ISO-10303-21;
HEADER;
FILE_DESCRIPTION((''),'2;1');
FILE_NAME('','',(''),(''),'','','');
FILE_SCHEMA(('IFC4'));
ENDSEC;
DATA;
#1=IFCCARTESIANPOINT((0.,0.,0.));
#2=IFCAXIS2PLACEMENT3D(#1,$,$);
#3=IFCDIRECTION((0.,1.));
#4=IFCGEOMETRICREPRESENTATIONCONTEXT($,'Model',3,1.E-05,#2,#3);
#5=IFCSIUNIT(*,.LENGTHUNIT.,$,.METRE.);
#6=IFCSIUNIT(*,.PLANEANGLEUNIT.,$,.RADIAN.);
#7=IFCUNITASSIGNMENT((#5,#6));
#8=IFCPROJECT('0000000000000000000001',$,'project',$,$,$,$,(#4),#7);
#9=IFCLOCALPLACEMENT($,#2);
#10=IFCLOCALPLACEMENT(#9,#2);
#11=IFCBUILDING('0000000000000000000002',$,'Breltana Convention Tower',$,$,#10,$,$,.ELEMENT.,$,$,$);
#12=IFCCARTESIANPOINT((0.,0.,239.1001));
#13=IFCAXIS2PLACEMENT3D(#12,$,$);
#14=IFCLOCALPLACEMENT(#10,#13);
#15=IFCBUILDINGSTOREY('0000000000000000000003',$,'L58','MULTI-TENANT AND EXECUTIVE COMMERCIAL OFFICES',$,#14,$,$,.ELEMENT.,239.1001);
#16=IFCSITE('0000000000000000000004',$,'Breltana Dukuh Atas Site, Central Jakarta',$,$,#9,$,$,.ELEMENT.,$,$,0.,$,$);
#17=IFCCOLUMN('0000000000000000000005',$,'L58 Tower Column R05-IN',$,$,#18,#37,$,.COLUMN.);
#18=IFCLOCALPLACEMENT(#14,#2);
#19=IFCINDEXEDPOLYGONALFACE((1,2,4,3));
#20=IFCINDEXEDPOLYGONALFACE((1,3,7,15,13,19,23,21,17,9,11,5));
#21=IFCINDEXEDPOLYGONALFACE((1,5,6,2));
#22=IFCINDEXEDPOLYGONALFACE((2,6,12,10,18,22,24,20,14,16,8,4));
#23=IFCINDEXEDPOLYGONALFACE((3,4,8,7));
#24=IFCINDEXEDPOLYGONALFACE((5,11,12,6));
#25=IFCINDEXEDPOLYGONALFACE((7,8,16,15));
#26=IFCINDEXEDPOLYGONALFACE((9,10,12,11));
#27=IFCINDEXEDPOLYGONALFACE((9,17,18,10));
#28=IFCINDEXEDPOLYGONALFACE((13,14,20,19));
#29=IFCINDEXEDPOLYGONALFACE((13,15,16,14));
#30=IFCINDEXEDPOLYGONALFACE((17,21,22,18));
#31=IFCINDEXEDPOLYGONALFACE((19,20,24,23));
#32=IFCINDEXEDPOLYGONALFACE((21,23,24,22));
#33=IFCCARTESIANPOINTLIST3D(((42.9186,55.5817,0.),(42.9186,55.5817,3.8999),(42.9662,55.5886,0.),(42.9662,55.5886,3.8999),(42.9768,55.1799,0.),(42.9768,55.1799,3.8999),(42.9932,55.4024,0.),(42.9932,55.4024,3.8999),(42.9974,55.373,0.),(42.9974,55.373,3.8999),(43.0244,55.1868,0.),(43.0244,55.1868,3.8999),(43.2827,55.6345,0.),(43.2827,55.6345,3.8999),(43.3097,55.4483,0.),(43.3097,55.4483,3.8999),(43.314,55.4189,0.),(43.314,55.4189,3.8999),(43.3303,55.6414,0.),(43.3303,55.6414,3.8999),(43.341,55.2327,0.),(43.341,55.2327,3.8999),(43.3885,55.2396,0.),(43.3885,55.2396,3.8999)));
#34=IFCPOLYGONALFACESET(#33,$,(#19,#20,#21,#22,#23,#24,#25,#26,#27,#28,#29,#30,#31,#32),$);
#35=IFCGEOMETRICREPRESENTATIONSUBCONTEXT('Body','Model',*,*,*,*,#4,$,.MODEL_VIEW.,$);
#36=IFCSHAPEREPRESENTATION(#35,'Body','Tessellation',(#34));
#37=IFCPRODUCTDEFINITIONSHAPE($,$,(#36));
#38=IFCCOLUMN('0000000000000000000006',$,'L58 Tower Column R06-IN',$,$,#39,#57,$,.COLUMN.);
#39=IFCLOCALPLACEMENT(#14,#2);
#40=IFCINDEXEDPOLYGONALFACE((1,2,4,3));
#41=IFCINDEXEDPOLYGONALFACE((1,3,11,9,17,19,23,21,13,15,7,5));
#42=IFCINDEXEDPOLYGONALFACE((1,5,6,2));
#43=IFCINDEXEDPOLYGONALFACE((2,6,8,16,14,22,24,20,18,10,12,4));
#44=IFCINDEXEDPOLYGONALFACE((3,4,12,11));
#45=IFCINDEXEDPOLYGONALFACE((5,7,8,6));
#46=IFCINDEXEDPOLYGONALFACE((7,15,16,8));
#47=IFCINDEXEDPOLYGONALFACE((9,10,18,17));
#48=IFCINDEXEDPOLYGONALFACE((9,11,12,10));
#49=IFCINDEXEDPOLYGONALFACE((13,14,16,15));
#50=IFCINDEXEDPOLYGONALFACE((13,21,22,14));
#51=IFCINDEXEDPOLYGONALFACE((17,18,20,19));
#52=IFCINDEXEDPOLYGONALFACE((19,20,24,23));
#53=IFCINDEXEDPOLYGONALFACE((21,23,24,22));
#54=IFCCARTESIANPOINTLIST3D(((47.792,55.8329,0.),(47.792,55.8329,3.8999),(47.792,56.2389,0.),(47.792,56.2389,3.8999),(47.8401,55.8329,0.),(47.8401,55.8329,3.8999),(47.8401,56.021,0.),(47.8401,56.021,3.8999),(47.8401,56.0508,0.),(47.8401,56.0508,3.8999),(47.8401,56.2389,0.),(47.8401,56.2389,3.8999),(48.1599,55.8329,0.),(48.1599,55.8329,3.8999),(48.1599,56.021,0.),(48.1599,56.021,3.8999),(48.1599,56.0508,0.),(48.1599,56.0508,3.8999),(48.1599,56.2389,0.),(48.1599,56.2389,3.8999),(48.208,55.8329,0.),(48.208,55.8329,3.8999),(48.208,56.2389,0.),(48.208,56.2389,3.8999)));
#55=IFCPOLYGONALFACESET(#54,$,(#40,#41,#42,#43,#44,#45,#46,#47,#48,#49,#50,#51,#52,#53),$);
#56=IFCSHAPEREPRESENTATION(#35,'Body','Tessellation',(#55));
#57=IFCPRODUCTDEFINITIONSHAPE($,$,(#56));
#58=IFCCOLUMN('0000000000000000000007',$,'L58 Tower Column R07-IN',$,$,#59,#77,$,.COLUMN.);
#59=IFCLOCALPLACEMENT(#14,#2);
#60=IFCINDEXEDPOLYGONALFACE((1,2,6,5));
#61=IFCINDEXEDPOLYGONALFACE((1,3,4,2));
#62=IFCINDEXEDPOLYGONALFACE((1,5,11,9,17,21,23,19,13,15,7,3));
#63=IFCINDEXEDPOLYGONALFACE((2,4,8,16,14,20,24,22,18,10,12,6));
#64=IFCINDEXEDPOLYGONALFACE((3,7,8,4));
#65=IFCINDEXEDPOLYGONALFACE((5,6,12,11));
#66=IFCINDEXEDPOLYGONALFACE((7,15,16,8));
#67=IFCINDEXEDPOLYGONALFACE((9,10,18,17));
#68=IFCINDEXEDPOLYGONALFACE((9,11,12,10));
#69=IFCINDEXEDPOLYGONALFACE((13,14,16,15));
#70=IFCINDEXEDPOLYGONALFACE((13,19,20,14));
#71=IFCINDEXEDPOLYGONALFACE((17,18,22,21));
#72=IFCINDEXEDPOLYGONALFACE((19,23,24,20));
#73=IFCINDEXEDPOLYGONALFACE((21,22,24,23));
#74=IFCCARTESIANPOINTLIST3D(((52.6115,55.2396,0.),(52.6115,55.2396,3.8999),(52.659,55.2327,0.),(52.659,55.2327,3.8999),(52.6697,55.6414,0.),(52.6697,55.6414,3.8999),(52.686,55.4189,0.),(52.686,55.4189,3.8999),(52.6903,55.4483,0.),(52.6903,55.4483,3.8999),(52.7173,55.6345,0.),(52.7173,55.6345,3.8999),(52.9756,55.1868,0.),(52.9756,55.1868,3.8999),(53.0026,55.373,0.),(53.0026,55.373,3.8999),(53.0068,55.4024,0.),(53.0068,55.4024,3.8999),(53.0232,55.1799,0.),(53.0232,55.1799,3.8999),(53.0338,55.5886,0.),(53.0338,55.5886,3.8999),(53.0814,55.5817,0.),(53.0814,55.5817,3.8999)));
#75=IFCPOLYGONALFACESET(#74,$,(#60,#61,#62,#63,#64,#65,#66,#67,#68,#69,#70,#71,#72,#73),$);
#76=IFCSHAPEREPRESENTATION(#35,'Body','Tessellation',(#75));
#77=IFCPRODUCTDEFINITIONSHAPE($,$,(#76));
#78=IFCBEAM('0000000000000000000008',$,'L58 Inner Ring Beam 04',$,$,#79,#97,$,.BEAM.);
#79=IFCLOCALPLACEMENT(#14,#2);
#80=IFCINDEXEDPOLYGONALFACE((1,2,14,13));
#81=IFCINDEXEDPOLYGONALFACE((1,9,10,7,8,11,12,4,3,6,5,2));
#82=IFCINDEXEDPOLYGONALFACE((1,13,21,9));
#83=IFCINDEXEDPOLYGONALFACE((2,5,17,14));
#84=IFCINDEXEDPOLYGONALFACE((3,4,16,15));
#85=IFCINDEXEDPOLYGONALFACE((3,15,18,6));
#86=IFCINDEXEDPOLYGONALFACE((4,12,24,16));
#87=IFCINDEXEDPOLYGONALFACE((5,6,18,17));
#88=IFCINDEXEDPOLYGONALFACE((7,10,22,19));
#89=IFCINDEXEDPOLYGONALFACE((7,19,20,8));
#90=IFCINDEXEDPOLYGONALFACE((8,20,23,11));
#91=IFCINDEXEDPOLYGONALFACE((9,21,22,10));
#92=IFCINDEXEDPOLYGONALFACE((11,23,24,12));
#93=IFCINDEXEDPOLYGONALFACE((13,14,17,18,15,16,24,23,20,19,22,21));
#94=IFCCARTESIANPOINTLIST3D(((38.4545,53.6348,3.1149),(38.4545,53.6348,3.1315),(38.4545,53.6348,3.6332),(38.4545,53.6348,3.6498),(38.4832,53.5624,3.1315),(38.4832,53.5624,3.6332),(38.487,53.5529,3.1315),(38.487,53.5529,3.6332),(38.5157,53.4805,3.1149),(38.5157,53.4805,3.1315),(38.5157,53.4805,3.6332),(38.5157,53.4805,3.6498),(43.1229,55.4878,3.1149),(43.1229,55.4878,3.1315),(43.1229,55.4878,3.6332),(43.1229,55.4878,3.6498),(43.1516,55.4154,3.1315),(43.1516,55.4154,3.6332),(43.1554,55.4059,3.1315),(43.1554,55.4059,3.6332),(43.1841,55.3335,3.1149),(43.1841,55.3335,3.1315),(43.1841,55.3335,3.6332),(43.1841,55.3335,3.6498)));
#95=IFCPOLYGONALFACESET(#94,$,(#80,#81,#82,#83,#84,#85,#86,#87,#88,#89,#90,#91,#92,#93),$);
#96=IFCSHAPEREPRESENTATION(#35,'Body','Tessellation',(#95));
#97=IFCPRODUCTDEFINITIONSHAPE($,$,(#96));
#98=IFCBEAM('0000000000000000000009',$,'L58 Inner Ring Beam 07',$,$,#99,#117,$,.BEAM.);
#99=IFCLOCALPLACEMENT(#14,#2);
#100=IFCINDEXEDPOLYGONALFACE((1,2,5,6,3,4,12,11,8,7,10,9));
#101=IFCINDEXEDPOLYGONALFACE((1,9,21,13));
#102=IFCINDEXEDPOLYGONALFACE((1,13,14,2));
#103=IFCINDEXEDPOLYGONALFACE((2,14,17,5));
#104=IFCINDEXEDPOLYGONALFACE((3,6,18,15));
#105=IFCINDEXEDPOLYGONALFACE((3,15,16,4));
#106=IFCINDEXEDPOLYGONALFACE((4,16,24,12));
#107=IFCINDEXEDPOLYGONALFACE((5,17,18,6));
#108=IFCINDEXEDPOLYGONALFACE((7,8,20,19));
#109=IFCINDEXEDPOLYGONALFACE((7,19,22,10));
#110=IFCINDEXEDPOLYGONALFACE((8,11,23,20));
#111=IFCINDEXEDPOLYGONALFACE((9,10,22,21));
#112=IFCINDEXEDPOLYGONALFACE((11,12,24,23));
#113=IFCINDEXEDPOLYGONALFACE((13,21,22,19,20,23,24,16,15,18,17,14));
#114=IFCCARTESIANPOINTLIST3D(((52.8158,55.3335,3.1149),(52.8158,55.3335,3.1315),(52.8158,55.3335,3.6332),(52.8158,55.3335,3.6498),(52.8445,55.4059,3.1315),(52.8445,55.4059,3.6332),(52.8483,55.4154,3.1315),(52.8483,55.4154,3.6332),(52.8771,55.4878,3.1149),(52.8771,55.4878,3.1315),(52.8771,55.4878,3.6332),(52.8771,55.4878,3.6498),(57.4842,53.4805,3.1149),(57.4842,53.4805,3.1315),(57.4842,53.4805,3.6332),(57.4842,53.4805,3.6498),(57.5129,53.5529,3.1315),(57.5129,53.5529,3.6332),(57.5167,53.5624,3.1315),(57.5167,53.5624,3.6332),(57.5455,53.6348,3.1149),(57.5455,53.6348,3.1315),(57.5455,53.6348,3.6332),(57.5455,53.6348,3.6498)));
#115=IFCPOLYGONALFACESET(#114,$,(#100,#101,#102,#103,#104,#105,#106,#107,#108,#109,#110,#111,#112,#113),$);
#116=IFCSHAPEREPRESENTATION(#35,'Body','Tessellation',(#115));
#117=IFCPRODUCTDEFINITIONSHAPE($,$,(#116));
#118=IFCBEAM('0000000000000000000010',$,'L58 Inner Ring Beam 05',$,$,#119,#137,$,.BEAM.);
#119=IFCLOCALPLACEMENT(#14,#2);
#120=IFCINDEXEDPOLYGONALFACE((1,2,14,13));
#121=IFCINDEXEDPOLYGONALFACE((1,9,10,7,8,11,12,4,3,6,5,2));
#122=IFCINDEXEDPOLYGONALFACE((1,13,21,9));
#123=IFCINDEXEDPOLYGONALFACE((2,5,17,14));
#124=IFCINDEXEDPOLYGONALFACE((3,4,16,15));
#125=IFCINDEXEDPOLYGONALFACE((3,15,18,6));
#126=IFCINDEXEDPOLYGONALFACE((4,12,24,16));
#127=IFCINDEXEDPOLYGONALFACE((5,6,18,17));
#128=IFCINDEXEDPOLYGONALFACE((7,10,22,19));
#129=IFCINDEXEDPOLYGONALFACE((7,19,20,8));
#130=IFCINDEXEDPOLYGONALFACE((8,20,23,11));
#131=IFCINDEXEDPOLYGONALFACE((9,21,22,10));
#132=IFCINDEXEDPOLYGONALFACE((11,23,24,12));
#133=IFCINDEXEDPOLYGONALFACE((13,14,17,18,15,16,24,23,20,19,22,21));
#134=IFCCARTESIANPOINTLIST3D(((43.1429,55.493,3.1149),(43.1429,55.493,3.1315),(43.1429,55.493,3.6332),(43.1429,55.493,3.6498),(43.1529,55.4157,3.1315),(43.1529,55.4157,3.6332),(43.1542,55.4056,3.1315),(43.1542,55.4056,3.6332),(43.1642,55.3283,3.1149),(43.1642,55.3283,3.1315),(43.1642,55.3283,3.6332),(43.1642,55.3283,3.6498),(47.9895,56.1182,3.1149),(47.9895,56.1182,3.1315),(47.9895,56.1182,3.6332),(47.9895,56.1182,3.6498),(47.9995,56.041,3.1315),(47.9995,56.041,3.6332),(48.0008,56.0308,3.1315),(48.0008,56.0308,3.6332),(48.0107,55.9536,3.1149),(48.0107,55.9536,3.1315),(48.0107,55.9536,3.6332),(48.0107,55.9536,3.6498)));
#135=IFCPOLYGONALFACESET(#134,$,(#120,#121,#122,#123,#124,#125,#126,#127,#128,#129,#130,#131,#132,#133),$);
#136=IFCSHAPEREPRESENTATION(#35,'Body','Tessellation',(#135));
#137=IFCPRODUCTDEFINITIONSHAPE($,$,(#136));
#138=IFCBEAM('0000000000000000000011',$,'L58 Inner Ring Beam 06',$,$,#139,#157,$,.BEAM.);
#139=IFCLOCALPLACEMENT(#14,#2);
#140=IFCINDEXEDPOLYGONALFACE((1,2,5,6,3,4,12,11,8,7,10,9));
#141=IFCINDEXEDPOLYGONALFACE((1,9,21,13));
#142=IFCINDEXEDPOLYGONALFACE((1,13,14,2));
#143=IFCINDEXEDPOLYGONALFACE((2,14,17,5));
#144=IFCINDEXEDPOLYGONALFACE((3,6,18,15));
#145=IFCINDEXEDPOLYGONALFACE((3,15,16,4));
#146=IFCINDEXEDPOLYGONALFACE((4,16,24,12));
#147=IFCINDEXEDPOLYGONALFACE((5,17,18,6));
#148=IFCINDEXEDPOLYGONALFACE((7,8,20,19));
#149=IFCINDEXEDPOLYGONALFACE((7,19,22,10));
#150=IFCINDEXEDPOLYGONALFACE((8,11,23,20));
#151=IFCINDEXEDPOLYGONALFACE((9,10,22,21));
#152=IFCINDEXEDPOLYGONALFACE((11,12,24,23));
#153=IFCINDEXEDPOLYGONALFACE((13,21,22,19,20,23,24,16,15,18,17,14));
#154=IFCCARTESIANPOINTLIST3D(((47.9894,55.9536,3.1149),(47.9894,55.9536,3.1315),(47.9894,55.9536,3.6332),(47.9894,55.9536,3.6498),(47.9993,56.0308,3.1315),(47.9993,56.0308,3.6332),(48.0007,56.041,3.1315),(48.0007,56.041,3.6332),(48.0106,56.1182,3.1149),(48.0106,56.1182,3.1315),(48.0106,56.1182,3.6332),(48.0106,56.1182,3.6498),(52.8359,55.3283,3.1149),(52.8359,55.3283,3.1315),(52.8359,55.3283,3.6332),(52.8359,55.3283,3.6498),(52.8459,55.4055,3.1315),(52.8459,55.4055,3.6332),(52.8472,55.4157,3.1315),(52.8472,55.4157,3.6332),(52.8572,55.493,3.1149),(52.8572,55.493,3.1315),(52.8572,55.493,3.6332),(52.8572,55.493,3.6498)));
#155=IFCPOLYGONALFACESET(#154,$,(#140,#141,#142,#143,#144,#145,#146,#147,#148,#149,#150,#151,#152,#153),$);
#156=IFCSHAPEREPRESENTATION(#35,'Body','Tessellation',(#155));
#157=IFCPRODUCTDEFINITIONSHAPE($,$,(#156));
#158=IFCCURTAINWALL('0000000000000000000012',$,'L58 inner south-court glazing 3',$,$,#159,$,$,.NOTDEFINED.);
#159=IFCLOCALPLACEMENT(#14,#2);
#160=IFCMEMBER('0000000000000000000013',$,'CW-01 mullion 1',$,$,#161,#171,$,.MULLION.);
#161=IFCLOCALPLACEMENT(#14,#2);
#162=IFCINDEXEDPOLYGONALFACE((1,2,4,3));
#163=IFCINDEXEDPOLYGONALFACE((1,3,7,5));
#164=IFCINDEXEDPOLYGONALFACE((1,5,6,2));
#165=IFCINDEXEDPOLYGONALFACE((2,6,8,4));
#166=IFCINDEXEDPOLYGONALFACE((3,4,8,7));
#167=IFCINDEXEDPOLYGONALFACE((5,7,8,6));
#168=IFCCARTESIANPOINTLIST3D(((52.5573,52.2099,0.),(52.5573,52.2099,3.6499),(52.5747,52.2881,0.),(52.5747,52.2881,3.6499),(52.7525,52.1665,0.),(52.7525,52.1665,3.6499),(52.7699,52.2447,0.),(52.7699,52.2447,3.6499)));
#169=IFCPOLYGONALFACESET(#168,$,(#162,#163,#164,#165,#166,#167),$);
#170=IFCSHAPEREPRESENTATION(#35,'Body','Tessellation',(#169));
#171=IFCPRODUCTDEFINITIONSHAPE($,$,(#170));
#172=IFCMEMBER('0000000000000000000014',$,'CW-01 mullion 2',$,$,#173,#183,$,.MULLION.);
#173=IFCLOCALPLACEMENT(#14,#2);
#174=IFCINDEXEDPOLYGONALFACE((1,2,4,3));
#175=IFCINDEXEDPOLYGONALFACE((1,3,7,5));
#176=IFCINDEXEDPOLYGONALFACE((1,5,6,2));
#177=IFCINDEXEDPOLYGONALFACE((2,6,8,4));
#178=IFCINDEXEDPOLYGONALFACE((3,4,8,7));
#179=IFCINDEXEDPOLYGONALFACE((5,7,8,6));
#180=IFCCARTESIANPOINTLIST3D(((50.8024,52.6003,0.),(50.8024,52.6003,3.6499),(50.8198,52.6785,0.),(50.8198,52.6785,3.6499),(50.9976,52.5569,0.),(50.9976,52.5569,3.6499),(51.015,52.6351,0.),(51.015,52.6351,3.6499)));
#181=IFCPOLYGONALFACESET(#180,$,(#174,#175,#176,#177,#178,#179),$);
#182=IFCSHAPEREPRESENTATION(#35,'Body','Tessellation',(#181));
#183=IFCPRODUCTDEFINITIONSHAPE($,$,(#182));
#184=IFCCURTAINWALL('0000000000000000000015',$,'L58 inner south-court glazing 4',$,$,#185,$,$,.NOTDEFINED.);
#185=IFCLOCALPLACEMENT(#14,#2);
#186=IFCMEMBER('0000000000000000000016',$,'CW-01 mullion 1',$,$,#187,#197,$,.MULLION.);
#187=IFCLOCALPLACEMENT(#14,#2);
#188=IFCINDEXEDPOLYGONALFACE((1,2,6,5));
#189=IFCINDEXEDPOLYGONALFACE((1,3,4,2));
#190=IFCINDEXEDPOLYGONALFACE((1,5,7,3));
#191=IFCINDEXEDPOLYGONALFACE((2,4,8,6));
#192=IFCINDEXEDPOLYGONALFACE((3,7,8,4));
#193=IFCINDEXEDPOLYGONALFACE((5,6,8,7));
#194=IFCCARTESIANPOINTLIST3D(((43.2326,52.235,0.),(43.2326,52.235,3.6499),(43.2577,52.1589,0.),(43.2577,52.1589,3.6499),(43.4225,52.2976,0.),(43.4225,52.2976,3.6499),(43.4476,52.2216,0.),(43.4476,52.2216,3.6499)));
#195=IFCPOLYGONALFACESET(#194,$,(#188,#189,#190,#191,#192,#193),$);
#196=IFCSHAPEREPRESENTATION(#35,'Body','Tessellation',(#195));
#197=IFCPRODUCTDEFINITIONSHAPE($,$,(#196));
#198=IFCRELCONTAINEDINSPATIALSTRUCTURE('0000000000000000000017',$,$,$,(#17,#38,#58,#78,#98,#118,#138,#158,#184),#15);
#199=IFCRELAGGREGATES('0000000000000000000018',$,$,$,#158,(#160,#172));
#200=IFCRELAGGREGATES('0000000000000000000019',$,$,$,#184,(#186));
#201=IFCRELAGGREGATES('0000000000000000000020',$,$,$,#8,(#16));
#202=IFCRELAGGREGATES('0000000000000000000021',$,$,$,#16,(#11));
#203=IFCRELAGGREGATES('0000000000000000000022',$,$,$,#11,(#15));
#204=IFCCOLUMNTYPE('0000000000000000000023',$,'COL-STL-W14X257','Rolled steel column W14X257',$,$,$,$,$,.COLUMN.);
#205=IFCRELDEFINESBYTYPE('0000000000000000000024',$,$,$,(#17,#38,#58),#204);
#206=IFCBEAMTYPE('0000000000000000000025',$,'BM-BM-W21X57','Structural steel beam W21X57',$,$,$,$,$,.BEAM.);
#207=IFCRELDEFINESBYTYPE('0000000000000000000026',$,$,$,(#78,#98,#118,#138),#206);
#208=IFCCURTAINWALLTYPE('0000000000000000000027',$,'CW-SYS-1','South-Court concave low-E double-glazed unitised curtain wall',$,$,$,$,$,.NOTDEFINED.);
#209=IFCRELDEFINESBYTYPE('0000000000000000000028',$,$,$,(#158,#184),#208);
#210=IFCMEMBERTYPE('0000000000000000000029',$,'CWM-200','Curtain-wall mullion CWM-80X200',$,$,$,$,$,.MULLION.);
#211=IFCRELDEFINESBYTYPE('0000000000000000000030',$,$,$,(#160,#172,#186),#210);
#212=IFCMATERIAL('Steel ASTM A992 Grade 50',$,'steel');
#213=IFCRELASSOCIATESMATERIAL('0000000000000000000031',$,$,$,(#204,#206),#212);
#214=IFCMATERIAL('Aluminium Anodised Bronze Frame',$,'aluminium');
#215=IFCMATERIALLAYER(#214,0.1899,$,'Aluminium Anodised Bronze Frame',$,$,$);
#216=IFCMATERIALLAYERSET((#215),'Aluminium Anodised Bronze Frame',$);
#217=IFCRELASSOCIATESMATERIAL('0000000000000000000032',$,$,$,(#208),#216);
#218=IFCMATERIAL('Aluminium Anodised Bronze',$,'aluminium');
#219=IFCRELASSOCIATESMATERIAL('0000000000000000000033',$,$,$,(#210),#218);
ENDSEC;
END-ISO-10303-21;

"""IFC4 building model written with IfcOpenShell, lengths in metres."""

from ifc_helpers import new_model, si_unit, direction, frame, origin, origin_2d, place, context, subcontext, project, spatial, rectangle, i_section, extrude, source, transform, mapped, material, layer, layer_set, material_profile, profile_set, type_object, element, aggregate, save


model = new_model("IFC4")

# Units and contexts
model_context = context("Model", 3, precision=1e-05, world=origin(), true_north=direction((0.0, 1.0)))
body_context = subcontext(model_context, "Body", "Model", "MODEL_VIEW")
ifc_project = project(units=[si_unit("LENGTHUNIT", "METRE"), si_unit("PLANEANGLEUNIT", "RADIAN")], contexts=[model_context])

# Site, building, storey
site_placement = place(None, origin())
site = spatial("IfcSite", under=ifc_project, at=site_placement, Name="Breltana Dukuh Atas Site, Central Jakarta", CompositionType="ELEMENT", RefElevation=0.0)
building_placement = place(site_placement, origin())
building = spatial("IfcBuilding", under=site, at=building_placement, Name="Breltana Convention Tower", CompositionType="ELEMENT")
storey_placement = place(building_placement, frame((0.0, 0.0, 239.1001)))
storey = spatial("IfcBuildingStorey", under=building, at=storey_placement, Name="L58", Description="MULTI-TENANT AND EXECUTIVE COMMERCIAL OFFICES", CompositionType="ELEMENT", Elevation=239.1001)

# Columns
ifc_material_1 = material(Name="Steel ASTM A992 Grade 50", Category="steel")
ifc_material_profile_1 = material_profile(ifc_material_1, i_section(OverallWidth=0.406, OverallDepth=0.416, WebThickness=0.0298, FlangeThickness=0.0481, at=origin_2d()), Name="W14X257")
ifc_profile_set_1 = profile_set([ifc_material_profile_1], Name="Steel ASTM A992 Grade 50")
column_type = type_object("IfcColumnType", Name="COL-STL-W14X257", Description="Rolled steel column W14X257", PredefinedType="COLUMN", material=ifc_profile_set_1)
shared_shape_1 = source(origin(), body_context, "Body", "SweptSolid", [
    extrude(i_section(OverallWidth=0.406, OverallDepth=0.416, WebThickness=0.0298, FlangeThickness=0.0481, at=origin_2d()), origin(), (0.0, 0.0, 1.0), 3.8999),
])
for number, where, z_axis, x_axis, name in (
    (1, (43.1536, 55.4106, 0.0), (0.0, 0.0, 1.0), (-0.143493, 0.989651, 0.0), "L58 Tower Column R05-IN"),
    (2, (48.0, 56.0359, 0.0), (0.0, 0.0, 1.0), (0.0, 1.0, 0.0), "L58 Tower Column R06-IN"),
    (3, (52.8464, 55.4106, 0.0), (0.0, 0.0, 1.0), (0.143493, 0.989651, 0.0), "L58 Tower Column R07-IN"),
):
    element("IfcColumn", number, at=place(storey_placement, frame(where, z_axis=z_axis, x_axis=x_axis)), inside=storey, type_object=column_type, Name=name, PredefinedType="COLUMN", context=body_context, shape_type="MappedRepresentation", body=[
        mapped(shared_shape_1, transform((0.0, 0.0, 0.0), scale=1.0)),
    ])

# Beams
ifc_material_profile_2 = material_profile(ifc_material_1, i_section(OverallWidth=0.166, OverallDepth=0.5349, WebThickness=0.0103, FlangeThickness=0.0166, at=origin_2d()), Name="W21X57")
ifc_profile_set_2 = profile_set([ifc_material_profile_2], Name="Steel ASTM A992 Grade 50")
beam_type = type_object("IfcBeamType", Name="BM-BM-W21X57", Description="Structural steel beam W21X57", PredefinedType="BEAM", material=ifc_profile_set_2)
shared_shape_2 = source(origin(), body_context, "Body", "SweptSolid", [
    extrude(i_section(OverallWidth=0.166, OverallDepth=0.5349, WebThickness=0.0103, FlangeThickness=0.0166, at=origin_2d()), origin(), (0.0, 0.0, 1.0), 5.0227),
])
for number, where, z_axis, x_axis, name in (
    (4, (38.4851, 53.5576, 3.3823), (0.929459, 0.368926, 0.0), (-0.368926, 0.929459, 0.0), "L58 Inner Ring Beam 04"),
    (5, (52.8464, 55.4106, 3.3823), (0.929459, -0.368926, 0.0), (0.368926, 0.929459, 0.0), "L58 Inner Ring Beam 07"),
):
    element("IfcBeam", number, at=place(storey_placement, frame(where, z_axis=z_axis, x_axis=x_axis)), inside=storey, type_object=beam_type, Name=name, PredefinedType="BEAM", context=body_context, shape_type="MappedRepresentation", body=[
        mapped(shared_shape_2, transform((0.0, 0.0, 0.0), scale=1.0)),
    ])
shared_shape_3 = source(origin(), body_context, "Body", "SweptSolid", [
    extrude(i_section(OverallWidth=0.166, OverallDepth=0.5349, WebThickness=0.0103, FlangeThickness=0.0166, at=origin_2d()), origin(), (0.0, 0.0, 1.0), 4.8867),
])
for number, where, z_axis, x_axis, name in (
    (6, (43.1536, 55.4106, 3.3823), (0.991781, 0.127951, 0.0), (-0.127951, 0.991781, 0.0), "L58 Inner Ring Beam 05"),
    (7, (48.0, 56.0359, 3.3823), (0.991781, -0.127951, 0.0), (0.127951, 0.991781, 0.0), "L58 Inner Ring Beam 06"),
):
    element("IfcBeam", number, at=place(storey_placement, frame(where, z_axis=z_axis, x_axis=x_axis)), inside=storey, type_object=beam_type, Name=name, PredefinedType="BEAM", context=body_context, shape_type="MappedRepresentation", body=[
        mapped(shared_shape_3, transform((0.0, 0.0, 0.0), scale=1.0)),
    ])

# Curtain walls, members
ifc_material_2 = material(Name="Aluminium Anodised Bronze Frame", Category="aluminium")
ifc_layer_1 = layer(ifc_material_2, 0.1899, Name="Aluminium Anodised Bronze Frame")
ifc_layer_set_1 = layer_set([ifc_layer_1], Name="Aluminium Anodised Bronze Frame")
curtain_wall_type = type_object("IfcCurtainWallType", Name="CW-SYS-1", Description="South-Court concave low-E double-glazed unitised curtain wall", PredefinedType="NOTDEFINED", material=ifc_layer_set_1)
curtain_wall_1_placement = place(storey_placement, origin())
curtain_wall_1 = element("IfcCurtainWall", 8, at=curtain_wall_1_placement, inside=storey, type_object=curtain_wall_type, Name="L58 inner south-court glazing 3", PredefinedType="NOTDEFINED")
ifc_material_3 = material(Name="Aluminium Anodised Bronze", Category="aluminium")
ifc_material_profile_3 = material_profile(ifc_material_3, rectangle(XDim=0.0801, YDim=0.2, at=origin_2d()), Name="CWM-80X200")
ifc_profile_set_3 = profile_set([ifc_material_profile_3], Name="Aluminium Anodised Bronze")
member_type_1 = type_object("IfcMemberType", Name="CWM-200", Description="Curtain-wall mullion CWM-80X200", PredefinedType="MULLION", material=ifc_profile_set_3)
shared_shape_4 = source(origin(), body_context, "Body", "SweptSolid", [
    extrude(rectangle(XDim=0.0801, YDim=0.2, at=origin_2d()), origin(), (0.0, 0.0, 1.0), 3.6499),
])
member_1_placement = place(storey_placement, frame((52.6636, 52.2273, 0.0), z_axis=(0.0, 0.0, 1.0), x_axis=(-0.217128, -0.976143, 0.0)))
member_1 = element("IfcMember", 9, at=member_1_placement, type_object=member_type_1, Name="CW-01 mullion 1", PredefinedType="MULLION", context=body_context, shape_type="MappedRepresentation", body=[
    mapped(shared_shape_4, transform((0.0, 0.0, 0.0), scale=1.0)),
])
member_2_placement = place(storey_placement, frame((50.9087, 52.6177, 0.0), z_axis=(0.0, 0.0, 1.0), x_axis=(-0.217128, -0.976143, 0.0)))
member_2 = element("IfcMember", 10, at=member_2_placement, type_object=member_type_1, Name="CW-01 mullion 2", PredefinedType="MULLION", context=body_context, shape_type="MappedRepresentation", body=[
    mapped(shared_shape_4, transform((0.0, 0.0, 0.0), scale=1.0)),
])
curtain_wall_2_placement = place(storey_placement, origin())
curtain_wall_2 = element("IfcCurtainWall", 11, at=curtain_wall_2_placement, inside=storey, type_object=curtain_wall_type, Name="L58 inner south-court glazing 4", PredefinedType="NOTDEFINED")
member_3_placement = place(storey_placement, frame((43.3401, 52.2283, 0.0), z_axis=(0.0, 0.0, 1.0), x_axis=(0.313194, -0.949689, 0.0)))
member_3 = element("IfcMember", 12, at=member_3_placement, type_object=member_type_1, Name="CW-01 mullion 1", PredefinedType="MULLION", context=body_context, shape_type="MappedRepresentation", body=[
    mapped(shared_shape_4, transform((0.0, 0.0, 0.0), scale=1.0)),
])

aggregate(curtain_wall_1, [member_1, member_2])
aggregate(curtain_wall_2, [member_3])

save(model, "model.ifc")
